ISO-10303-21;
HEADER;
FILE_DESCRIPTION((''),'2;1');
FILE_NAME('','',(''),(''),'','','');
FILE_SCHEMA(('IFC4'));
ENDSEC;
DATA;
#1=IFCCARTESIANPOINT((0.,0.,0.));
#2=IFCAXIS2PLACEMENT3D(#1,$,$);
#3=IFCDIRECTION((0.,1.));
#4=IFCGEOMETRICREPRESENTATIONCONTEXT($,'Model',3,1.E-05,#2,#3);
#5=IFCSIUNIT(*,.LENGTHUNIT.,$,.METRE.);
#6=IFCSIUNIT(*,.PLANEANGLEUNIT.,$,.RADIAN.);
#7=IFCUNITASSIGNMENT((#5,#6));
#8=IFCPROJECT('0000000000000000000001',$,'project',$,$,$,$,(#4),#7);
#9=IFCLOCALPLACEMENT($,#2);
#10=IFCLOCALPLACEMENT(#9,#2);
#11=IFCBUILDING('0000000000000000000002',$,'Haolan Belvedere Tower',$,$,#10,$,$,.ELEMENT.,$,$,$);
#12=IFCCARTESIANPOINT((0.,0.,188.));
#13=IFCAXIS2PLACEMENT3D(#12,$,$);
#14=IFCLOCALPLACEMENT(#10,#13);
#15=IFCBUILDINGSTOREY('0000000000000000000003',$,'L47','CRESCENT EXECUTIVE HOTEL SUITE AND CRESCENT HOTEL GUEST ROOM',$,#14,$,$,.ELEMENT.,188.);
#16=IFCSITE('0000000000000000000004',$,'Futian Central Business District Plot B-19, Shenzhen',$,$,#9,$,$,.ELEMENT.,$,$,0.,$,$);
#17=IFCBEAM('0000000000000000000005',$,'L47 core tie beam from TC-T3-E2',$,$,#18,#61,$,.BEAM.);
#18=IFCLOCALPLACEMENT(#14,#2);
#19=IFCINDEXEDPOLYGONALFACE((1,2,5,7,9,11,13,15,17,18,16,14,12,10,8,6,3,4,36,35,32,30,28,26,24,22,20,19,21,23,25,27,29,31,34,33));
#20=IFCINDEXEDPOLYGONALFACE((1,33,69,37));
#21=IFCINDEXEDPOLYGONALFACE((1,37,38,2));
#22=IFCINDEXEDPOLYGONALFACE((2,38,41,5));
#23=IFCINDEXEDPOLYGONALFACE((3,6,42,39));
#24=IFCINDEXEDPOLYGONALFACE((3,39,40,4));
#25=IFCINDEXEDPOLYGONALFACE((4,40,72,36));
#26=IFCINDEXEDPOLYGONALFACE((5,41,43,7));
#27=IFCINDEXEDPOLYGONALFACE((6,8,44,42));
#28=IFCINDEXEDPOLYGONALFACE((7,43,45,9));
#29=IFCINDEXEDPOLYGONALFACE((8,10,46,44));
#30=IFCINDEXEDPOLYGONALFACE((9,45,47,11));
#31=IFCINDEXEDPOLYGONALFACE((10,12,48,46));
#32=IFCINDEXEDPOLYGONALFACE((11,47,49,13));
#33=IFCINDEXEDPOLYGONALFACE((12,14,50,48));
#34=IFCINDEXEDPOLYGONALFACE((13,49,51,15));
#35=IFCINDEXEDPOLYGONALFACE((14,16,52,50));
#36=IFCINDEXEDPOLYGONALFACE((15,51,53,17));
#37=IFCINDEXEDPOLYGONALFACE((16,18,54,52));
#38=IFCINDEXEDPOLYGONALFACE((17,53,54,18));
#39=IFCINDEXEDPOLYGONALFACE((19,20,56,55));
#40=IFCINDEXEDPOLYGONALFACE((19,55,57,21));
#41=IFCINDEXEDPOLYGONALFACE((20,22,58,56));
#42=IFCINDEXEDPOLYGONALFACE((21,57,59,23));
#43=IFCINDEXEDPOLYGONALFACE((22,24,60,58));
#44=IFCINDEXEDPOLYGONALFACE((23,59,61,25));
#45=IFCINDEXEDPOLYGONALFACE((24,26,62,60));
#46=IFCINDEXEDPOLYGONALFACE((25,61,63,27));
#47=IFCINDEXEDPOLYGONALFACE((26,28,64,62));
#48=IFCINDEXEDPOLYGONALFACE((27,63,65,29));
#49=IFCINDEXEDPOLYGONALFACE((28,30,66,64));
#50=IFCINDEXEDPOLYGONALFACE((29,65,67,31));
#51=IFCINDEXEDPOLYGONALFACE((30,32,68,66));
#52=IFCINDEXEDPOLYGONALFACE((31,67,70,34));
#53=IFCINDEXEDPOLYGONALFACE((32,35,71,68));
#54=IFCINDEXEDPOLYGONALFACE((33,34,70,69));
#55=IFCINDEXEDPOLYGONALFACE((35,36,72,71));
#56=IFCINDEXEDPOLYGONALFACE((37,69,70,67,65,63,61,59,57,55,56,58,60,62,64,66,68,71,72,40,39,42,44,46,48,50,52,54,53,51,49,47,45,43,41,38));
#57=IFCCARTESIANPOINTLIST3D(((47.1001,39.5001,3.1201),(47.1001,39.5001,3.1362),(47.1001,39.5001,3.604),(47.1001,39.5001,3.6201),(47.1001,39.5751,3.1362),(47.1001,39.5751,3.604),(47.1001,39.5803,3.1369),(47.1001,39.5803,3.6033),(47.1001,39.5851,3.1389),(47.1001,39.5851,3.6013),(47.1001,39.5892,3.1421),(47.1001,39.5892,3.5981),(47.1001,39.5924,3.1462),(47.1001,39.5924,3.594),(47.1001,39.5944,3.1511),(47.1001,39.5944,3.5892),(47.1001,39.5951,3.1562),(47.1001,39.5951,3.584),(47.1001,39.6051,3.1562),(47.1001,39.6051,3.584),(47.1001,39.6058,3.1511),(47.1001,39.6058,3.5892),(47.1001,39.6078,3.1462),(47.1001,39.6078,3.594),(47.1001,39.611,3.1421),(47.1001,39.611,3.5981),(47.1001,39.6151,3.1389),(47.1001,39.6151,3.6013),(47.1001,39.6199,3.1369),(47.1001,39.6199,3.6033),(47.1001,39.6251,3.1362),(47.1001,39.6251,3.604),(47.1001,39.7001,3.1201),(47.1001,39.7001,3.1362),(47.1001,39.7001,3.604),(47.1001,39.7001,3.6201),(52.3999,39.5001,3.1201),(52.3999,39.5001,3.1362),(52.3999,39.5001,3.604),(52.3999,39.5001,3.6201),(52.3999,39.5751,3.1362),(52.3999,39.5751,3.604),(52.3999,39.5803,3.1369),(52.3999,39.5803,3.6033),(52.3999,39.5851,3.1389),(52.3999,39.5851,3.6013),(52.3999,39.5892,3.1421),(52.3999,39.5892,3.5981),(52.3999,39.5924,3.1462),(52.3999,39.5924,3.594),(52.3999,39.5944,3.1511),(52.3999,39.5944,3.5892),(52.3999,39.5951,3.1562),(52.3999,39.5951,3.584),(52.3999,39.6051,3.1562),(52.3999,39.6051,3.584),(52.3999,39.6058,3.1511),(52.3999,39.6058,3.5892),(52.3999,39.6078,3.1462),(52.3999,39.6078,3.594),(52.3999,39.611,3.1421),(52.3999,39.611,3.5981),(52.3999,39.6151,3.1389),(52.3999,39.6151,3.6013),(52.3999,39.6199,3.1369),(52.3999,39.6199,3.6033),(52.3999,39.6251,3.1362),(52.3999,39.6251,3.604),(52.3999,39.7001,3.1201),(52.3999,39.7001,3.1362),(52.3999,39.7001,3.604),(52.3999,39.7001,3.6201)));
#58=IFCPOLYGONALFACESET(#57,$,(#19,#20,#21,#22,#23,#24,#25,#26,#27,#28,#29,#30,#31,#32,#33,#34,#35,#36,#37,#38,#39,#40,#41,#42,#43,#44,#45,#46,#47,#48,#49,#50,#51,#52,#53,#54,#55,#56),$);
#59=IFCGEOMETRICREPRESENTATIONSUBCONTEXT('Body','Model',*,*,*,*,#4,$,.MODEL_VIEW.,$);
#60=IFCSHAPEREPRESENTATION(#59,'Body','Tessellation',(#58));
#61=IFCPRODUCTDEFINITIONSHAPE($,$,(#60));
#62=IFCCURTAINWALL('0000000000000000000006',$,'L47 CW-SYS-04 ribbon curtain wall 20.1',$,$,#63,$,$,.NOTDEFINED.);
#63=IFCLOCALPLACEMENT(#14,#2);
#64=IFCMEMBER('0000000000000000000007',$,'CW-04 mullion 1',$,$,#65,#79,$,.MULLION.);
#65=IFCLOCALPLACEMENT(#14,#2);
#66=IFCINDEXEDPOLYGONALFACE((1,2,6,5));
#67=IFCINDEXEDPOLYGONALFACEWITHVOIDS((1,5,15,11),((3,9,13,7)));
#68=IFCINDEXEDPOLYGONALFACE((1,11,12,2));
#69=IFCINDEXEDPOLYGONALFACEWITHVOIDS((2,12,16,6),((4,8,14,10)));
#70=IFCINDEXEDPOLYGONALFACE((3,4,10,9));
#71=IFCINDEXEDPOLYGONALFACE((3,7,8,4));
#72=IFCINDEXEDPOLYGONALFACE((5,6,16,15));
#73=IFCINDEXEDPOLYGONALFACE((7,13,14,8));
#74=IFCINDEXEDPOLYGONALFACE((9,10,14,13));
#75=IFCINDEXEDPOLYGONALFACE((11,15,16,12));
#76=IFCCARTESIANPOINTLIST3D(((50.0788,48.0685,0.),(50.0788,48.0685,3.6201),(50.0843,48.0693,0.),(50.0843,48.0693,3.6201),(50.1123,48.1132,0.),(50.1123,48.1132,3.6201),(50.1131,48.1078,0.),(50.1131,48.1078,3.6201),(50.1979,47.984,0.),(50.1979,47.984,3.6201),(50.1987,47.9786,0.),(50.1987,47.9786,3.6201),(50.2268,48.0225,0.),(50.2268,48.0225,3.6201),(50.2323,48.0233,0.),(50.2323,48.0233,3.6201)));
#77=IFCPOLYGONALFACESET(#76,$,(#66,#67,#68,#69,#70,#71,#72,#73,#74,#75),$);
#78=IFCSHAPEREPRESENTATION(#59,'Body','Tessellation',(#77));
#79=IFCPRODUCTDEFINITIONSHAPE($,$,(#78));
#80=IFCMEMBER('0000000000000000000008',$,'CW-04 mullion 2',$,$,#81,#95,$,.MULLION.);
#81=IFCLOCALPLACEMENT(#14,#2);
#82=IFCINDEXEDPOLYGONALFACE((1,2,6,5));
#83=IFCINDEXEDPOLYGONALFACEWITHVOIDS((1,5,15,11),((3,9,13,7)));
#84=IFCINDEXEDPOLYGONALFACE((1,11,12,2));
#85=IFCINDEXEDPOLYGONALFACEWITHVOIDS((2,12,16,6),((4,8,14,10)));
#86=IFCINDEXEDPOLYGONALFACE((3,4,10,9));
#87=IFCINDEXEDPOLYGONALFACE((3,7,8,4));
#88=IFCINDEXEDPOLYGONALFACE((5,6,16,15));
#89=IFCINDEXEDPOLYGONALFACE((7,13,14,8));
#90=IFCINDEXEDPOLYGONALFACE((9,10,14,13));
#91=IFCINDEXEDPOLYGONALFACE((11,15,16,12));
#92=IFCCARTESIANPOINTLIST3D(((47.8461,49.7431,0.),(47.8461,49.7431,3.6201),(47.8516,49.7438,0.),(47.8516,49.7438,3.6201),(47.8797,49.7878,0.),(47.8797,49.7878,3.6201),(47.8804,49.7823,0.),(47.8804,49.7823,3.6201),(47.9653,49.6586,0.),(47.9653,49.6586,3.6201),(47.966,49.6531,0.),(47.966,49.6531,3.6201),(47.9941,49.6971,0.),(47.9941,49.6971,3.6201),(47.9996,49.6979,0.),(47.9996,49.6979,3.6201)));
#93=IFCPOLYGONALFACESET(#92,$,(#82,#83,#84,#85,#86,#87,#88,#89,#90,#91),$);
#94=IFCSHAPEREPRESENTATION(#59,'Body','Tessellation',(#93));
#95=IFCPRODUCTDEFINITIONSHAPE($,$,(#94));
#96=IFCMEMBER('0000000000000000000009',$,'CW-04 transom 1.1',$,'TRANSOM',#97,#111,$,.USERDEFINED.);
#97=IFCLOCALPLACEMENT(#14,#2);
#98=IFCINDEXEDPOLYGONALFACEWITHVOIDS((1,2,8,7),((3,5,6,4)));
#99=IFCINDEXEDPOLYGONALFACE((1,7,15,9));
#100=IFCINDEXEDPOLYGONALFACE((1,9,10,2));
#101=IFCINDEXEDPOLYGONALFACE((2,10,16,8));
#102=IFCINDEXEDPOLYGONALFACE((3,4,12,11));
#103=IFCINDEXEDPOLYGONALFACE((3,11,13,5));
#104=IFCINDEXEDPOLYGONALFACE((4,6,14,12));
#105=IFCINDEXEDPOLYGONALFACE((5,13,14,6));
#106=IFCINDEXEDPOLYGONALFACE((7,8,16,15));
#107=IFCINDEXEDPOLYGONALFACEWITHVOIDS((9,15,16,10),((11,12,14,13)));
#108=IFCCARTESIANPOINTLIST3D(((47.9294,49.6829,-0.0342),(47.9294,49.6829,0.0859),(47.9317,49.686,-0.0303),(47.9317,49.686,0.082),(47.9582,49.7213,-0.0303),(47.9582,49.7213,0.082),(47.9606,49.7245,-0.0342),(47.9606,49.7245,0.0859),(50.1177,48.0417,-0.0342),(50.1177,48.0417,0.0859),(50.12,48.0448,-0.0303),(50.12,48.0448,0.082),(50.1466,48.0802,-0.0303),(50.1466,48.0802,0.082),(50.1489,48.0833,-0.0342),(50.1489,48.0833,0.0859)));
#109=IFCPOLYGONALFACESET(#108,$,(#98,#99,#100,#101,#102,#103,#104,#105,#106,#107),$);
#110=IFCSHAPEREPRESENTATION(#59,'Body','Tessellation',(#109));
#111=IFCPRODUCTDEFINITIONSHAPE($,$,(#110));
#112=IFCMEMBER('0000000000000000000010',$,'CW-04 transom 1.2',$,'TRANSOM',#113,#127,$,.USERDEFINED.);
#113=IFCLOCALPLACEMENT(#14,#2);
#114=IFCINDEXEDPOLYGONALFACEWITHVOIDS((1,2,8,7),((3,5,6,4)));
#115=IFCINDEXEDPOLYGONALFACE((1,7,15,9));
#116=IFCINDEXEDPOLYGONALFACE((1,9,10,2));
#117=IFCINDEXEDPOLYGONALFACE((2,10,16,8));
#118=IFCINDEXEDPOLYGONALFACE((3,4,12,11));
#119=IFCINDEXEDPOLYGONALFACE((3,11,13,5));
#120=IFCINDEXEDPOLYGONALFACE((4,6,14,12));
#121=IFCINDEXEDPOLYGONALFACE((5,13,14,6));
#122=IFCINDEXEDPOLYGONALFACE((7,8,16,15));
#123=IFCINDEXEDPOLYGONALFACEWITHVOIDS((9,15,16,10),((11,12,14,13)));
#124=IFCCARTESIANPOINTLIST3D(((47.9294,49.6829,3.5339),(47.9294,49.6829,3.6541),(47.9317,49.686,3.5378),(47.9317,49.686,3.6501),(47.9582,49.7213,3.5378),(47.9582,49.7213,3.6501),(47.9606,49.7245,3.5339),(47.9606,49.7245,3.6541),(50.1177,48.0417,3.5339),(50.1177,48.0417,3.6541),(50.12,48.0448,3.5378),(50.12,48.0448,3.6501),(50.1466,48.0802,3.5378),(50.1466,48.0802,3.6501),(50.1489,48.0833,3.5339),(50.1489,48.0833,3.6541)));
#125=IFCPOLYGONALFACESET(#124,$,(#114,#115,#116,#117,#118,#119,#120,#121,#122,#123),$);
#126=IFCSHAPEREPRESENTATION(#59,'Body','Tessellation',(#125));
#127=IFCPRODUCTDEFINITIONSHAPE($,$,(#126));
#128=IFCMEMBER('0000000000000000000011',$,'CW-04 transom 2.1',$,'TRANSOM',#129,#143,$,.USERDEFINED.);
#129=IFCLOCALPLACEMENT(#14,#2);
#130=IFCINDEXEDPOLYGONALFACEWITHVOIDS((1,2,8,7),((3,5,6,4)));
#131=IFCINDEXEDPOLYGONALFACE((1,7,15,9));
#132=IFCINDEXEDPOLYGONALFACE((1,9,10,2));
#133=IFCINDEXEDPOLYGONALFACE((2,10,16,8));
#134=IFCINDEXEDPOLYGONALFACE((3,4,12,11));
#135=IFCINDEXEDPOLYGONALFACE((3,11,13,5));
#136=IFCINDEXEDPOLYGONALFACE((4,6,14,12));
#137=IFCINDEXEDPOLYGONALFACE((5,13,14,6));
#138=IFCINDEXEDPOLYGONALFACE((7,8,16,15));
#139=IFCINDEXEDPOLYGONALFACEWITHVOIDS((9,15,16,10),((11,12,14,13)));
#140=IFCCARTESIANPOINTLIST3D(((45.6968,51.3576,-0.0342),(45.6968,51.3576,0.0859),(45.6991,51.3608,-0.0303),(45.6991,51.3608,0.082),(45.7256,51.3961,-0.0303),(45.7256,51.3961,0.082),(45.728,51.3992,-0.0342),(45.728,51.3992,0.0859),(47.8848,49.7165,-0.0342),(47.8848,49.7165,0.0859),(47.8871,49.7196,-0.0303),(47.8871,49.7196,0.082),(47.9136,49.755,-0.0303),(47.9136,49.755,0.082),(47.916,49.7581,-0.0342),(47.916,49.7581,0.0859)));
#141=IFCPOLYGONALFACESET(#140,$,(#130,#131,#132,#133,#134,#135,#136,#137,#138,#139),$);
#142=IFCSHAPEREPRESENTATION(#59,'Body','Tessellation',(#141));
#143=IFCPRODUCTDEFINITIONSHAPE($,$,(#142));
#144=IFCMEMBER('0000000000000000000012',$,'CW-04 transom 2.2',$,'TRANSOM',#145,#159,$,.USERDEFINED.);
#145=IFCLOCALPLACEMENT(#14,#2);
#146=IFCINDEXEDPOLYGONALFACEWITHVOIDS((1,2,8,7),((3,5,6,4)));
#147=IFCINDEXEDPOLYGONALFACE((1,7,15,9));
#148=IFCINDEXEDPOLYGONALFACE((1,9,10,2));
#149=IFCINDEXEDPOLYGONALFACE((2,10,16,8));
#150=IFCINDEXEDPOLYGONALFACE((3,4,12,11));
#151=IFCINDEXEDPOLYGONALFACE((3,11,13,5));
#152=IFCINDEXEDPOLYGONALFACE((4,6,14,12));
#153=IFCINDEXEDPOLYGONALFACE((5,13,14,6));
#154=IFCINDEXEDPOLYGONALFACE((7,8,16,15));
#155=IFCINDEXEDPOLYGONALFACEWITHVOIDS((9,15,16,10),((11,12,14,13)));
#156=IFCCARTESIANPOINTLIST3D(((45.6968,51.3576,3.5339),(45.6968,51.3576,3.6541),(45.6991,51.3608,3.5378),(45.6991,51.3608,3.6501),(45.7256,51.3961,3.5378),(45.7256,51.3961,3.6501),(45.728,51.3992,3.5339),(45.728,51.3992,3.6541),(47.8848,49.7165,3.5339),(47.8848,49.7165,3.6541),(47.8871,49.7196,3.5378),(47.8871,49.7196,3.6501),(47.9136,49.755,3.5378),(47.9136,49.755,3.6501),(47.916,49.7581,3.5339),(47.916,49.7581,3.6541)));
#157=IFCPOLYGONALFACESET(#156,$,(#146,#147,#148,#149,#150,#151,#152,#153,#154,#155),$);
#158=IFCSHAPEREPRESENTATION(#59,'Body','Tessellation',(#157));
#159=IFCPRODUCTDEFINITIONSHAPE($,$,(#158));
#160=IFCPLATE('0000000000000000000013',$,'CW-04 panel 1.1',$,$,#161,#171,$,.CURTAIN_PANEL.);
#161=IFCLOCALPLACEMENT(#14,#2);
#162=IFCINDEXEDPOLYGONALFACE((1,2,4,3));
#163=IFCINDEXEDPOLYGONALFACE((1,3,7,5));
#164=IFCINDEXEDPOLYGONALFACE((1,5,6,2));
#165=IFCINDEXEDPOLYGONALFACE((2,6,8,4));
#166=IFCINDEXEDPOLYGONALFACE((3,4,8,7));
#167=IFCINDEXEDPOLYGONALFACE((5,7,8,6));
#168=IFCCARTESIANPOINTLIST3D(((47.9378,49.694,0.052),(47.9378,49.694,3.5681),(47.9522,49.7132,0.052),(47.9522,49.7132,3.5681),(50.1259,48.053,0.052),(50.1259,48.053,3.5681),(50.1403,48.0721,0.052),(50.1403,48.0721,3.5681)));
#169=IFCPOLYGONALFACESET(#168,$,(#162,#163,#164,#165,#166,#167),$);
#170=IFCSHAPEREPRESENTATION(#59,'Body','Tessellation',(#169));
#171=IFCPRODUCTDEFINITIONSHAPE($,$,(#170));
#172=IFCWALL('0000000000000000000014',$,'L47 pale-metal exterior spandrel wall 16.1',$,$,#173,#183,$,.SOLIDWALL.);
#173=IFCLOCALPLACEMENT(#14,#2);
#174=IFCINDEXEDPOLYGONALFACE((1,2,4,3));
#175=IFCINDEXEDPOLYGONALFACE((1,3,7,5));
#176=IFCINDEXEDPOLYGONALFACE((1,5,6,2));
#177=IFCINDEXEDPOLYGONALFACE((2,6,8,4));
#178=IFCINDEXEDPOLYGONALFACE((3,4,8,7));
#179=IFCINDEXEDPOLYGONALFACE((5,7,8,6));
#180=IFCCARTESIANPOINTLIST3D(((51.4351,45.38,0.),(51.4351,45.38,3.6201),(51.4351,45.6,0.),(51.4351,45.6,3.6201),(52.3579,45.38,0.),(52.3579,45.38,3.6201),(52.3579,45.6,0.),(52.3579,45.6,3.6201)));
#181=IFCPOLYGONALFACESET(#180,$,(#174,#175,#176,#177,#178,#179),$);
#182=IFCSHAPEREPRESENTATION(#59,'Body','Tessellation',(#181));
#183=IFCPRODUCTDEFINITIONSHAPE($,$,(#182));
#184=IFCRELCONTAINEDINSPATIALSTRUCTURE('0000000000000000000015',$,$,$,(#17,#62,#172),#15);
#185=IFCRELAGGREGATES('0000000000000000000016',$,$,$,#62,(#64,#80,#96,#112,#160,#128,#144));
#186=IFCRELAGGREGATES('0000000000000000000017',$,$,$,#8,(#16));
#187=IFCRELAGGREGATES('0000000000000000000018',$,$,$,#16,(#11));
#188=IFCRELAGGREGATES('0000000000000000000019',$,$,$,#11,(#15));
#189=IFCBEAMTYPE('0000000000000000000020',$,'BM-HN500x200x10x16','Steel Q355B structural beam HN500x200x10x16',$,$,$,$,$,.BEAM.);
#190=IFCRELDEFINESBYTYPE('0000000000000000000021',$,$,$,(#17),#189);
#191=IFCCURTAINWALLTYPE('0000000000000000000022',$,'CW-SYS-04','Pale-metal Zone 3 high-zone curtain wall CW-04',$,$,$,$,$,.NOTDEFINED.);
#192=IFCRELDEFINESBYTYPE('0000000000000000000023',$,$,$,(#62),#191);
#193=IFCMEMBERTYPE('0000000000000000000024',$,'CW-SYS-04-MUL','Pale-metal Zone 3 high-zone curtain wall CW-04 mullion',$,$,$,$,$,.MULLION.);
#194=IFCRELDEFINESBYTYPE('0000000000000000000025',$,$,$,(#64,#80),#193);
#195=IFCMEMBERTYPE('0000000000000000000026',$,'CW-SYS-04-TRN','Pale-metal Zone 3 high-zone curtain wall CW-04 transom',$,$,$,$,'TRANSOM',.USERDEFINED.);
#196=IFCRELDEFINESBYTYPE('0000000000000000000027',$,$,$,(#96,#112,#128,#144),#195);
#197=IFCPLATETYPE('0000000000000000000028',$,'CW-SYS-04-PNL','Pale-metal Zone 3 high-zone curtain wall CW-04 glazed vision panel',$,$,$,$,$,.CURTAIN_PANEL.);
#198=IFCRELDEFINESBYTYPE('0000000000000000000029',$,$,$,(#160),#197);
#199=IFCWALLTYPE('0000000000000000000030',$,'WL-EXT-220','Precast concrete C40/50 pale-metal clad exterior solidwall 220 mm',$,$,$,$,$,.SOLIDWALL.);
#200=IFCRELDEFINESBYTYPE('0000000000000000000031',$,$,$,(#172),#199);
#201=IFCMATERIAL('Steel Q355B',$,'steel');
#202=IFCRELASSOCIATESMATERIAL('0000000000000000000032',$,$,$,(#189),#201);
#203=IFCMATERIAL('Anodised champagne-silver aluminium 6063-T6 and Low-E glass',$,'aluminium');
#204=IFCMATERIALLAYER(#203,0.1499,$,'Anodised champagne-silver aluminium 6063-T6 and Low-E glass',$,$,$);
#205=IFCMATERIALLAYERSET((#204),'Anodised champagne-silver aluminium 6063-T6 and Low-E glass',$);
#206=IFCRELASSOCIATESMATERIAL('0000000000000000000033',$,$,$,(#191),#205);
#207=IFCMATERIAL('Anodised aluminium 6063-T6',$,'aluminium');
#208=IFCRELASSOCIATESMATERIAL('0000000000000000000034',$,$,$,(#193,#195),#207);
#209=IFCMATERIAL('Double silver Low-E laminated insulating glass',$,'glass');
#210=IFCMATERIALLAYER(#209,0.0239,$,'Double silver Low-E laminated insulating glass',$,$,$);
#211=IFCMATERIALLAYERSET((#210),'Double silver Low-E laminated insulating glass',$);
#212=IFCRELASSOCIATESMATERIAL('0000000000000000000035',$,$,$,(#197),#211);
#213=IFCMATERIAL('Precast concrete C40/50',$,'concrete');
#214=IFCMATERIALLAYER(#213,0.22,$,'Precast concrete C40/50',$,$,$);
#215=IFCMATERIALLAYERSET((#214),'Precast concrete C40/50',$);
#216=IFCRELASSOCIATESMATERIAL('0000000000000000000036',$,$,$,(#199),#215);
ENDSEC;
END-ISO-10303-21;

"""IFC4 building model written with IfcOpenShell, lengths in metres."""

from ifc_helpers import new_model, si_unit, direction, frame, frame_2d, origin, origin_2d, place, context, subcontext, project, spatial, rectangle, hollow_rectangle, i_section, extrude, material, layer, layer_set, material_profile, profile_set, type_object, element, aggregate, save


model = new_model("IFC4")

# Units and contexts
model_context = context("Model", 3, precision=1e-05, world=origin(), true_north=direction((0.0, 1.0)))
body_context = subcontext(model_context, "Body", "Model", "MODEL_VIEW")
ifc_project = project(units=[si_unit("LENGTHUNIT", "METRE"), si_unit("PLANEANGLEUNIT", "RADIAN")], contexts=[model_context])

# Site, building, storey
site_placement = place(None, origin())
site = spatial("IfcSite", under=ifc_project, at=site_placement, Name="Futian Central Business District Plot B-19, Shenzhen", CompositionType="ELEMENT", RefElevation=0.0)
building_placement = place(site_placement, origin())
building = spatial("IfcBuilding", under=site, at=building_placement, Name="Haolan Belvedere Tower", CompositionType="ELEMENT")
storey_placement = place(building_placement, frame((0.0, 0.0, 188.0)))
storey = spatial("IfcBuildingStorey", under=building, at=storey_placement, Name="L47", Description="CRESCENT EXECUTIVE HOTEL SUITE AND CRESCENT HOTEL GUEST ROOM", CompositionType="ELEMENT", Elevation=188.0)

# Beam
ifc_material_1 = material(Name="Steel Q355B", Category="steel")
ifc_material_profile_1 = material_profile(ifc_material_1, i_section(OverallWidth=0.2, OverallDepth=0.5, WebThickness=0.01, FlangeThickness=0.0161, FilletRadius=0.02, at=origin_2d()), Name="Steel Q355B")
ifc_profile_set_1 = profile_set([ifc_material_profile_1], Name="Steel Q355B")
beam_type = type_object("IfcBeamType", Name="BM-HN500x200x10x16", Description="Steel Q355B structural beam HN500x200x10x16", PredefinedType="BEAM", material=ifc_profile_set_1)
beam_placement = place(storey_placement, frame((52.3999, 39.6001, 3.3701), z_axis=(-1.0, 0.0, 0.0), x_axis=(0.0, -1.0, 0.0)))
element("IfcBeam", 1, at=beam_placement, inside=storey, type_object=beam_type, Name="L47 core tie beam from TC-T3-E2", PredefinedType="BEAM", context=body_context, shape_type="SweptSolid", body=[
    extrude(i_section(OverallWidth=0.2, OverallDepth=0.5, WebThickness=0.01, FlangeThickness=0.0161, FilletRadius=0.02, at=origin_2d()), origin(), (0.0, 0.0, 1.0), 5.2998),
])

# Curtain wall, members, plate
ifc_material_2 = material(Name="Anodised champagne-silver aluminium 6063-T6 and Low-E glass", Category="aluminium")
ifc_layer_1 = layer(ifc_material_2, 0.1499, Name="Anodised champagne-silver aluminium 6063-T6 and Low-E glass")
ifc_layer_set_1 = layer_set([ifc_layer_1], Name="Anodised champagne-silver aluminium 6063-T6 and Low-E glass")
curtain_wall_type = type_object("IfcCurtainWallType", Name="CW-SYS-04", Description="Pale-metal Zone 3 high-zone curtain wall CW-04", PredefinedType="NOTDEFINED", material=ifc_layer_set_1)
curtain_wall_placement = place(storey_placement, origin())
curtain_wall = element("IfcCurtainWall", 2, at=curtain_wall_placement, inside=storey, type_object=curtain_wall_type, Name="L47 CW-SYS-04 ribbon curtain wall 20.1", PredefinedType="NOTDEFINED")
ifc_material_3 = material(Name="Anodised aluminium 6063-T6", Category="aluminium")
ifc_material_profile_2 = material_profile(ifc_material_3, hollow_rectangle(XDim=0.0559, YDim=0.1499, WallThickness=0.0039, at=origin_2d()), Name="Anodised aluminium 6063-T6")
ifc_profile_set_2 = profile_set([ifc_material_profile_2], Name="Anodised aluminium 6063-T6")
member_type_1 = type_object("IfcMemberType", Name="CW-SYS-04-MUL", Description="Pale-metal Zone 3 high-zone curtain wall CW-04 mullion", PredefinedType="MULLION", material=ifc_profile_set_2)
member_1_placement = place(storey_placement, frame((50.1555, 48.0459, 0.0), z_axis=(0.0, 0.0, 1.0), x_axis=(-0.600003, -0.799998, 0.0)))
member_1 = element("IfcMember", 3, at=member_1_placement, type_object=member_type_1, Name="CW-04 mullion 1", PredefinedType="MULLION", context=body_context, shape_type="SweptSolid", body=[
    extrude(hollow_rectangle(XDim=0.0559, YDim=0.1499, WallThickness=0.0039, at=origin_2d()), origin(), (0.0, 0.0, 1.0), 3.6201),
])
member_2_placement = place(storey_placement, frame((47.9229, 49.7205, 0.0), z_axis=(0.0, 0.0, 1.0), x_axis=(-0.600003, -0.799998, 0.0)))
member_2 = element("IfcMember", 4, at=member_2_placement, type_object=member_type_1, Name="CW-04 mullion 2", PredefinedType="MULLION", context=body_context, shape_type="SweptSolid", body=[
    extrude(hollow_rectangle(XDim=0.0559, YDim=0.1499, WallThickness=0.0039, at=origin_2d()), origin(), (0.0, 0.0, 1.0), 3.6201),
])
ifc_material_profile_3 = material_profile(ifc_material_3, hollow_rectangle(XDim=0.052, YDim=0.1201, WallThickness=0.0039, at=origin_2d()), Name="Anodised aluminium 6063-T6")
ifc_profile_set_3 = profile_set([ifc_material_profile_3], Name="Anodised aluminium 6063-T6")
member_type_2 = type_object("IfcMemberType", Name="CW-SYS-04-TRN", Description="Pale-metal Zone 3 high-zone curtain wall CW-04 transom", ElementType="TRANSOM", PredefinedType="USERDEFINED", material=ifc_profile_set_3)
member_3_placement = place(storey_placement, frame((50.1333, 48.0625, 0.0259), z_axis=(-0.800011, 0.599986, 0.0), x_axis=(-0.599986, -0.800011, 0.0)))
member_3 = element("IfcMember", 5, at=member_3_placement, type_object=member_type_2, Name="CW-04 transom 1.1", ObjectType="TRANSOM", PredefinedType="USERDEFINED", context=body_context, shape_type="SweptSolid", body=[
    extrude(hollow_rectangle(XDim=0.052, YDim=0.1201, WallThickness=0.0039, at=origin_2d()), origin(), (0.0, 0.0, 1.0), 2.7354),
])
member_4_placement = place(storey_placement, frame((50.1333, 48.0625, 3.594), z_axis=(-0.800011, 0.599986, 0.0), x_axis=(-0.599986, -0.800011, 0.0)))
member_4 = element("IfcMember", 6, at=member_4_placement, type_object=member_type_2, Name="CW-04 transom 1.2", ObjectType="TRANSOM", PredefinedType="USERDEFINED", context=body_context, shape_type="SweptSolid", body=[
    extrude(hollow_rectangle(XDim=0.052, YDim=0.1201, WallThickness=0.0039, at=origin_2d()), origin(), (0.0, 0.0, 1.0), 2.7354),
])
member_5_placement = place(storey_placement, frame((47.9004, 49.7373, 0.0259), z_axis=(-0.799979, 0.600029, 0.0), x_axis=(-0.600029, -0.799979, 0.0)))
member_5 = element("IfcMember", 7, at=member_5_placement, type_object=member_type_2, Name="CW-04 transom 2.1", ObjectType="TRANSOM", PredefinedType="USERDEFINED", context=body_context, shape_type="SweptSolid", body=[
    extrude(hollow_rectangle(XDim=0.052, YDim=0.1201, WallThickness=0.0039, at=origin_2d()), origin(), (0.0, 0.0, 1.0), 2.7351),
])
member_6_placement = place(storey_placement, frame((47.9004, 49.7373, 3.594), z_axis=(-0.799979, 0.600029, 0.0), x_axis=(-0.600029, -0.799979, 0.0)))
member_6 = element("IfcMember", 8, at=member_6_placement, type_object=member_type_2, Name="CW-04 transom 2.2", ObjectType="TRANSOM", PredefinedType="USERDEFINED", context=body_context, shape_type="SweptSolid", body=[
    extrude(hollow_rectangle(XDim=0.052, YDim=0.1201, WallThickness=0.0039, at=origin_2d()), origin(), (0.0, 0.0, 1.0), 2.7351),
])
ifc_material_4 = material(Name="Double silver Low-E laminated insulating glass", Category="glass")
ifc_layer_2 = layer(ifc_material_4, 0.0239, Name="Double silver Low-E laminated insulating glass")
ifc_layer_set_2 = layer_set([ifc_layer_2], Name="Double silver Low-E laminated insulating glass")
plate_type = type_object("IfcPlateType", Name="CW-SYS-04-PNL", Description="Pale-metal Zone 3 high-zone curtain wall CW-04 glazed vision panel", PredefinedType="CURTAIN_PANEL", material=ifc_layer_set_2)
plate_placement = place(storey_placement, frame((49.0391, 48.8831, 0.052), z_axis=(0.0, 0.0, 1.0), x_axis=(-0.799998, 0.600003, 0.0)))
plate = element("IfcPlate", 9, at=plate_placement, type_object=plate_type, Name="CW-04 panel 1.1", PredefinedType="CURTAIN_PANEL", context=body_context, shape_type="SweptSolid", body=[
    extrude(rectangle(XDim=2.7351, YDim=0.0239, at=origin_2d()), origin(), (0.0, 0.0, 1.0), 3.5161),
])
aggregate(curtain_wall, [member_1, member_2, member_3, member_4, plate, member_5, member_6])

# Wall
ifc_material_5 = material(Name="Precast concrete C40/50", Category="concrete")
ifc_layer_3 = layer(ifc_material_5, 0.22, Name="Precast concrete C40/50")
ifc_layer_set_3 = layer_set([ifc_layer_3], Name="Precast concrete C40/50")
wall_type_1 = type_object("IfcWallType", Name="WL-EXT-220", Description="Precast concrete C40/50 pale-metal clad exterior solidwall 220 mm", PredefinedType="SOLIDWALL", material=ifc_layer_set_3)
wall_1_placement = place(storey_placement, frame((52.3579, 45.49, 0.0), z_axis=(0.0, 0.0, 1.0), x_axis=(-1.0, 0.0, 0.0)))
element("IfcWall", 10, at=wall_1_placement, inside=storey, type_object=wall_type_1, Name="L47 pale-metal exterior spandrel wall 16.1", PredefinedType="SOLIDWALL", context=body_context, shape_type="SweptSolid", body=[
    extrude(rectangle(XDim=0.9229, YDim=0.22, at=frame_2d((0.4614, 0.0))), origin(), (0.0, 0.0, 1.0), 3.6201),
])

save(model, "model.ifc")
